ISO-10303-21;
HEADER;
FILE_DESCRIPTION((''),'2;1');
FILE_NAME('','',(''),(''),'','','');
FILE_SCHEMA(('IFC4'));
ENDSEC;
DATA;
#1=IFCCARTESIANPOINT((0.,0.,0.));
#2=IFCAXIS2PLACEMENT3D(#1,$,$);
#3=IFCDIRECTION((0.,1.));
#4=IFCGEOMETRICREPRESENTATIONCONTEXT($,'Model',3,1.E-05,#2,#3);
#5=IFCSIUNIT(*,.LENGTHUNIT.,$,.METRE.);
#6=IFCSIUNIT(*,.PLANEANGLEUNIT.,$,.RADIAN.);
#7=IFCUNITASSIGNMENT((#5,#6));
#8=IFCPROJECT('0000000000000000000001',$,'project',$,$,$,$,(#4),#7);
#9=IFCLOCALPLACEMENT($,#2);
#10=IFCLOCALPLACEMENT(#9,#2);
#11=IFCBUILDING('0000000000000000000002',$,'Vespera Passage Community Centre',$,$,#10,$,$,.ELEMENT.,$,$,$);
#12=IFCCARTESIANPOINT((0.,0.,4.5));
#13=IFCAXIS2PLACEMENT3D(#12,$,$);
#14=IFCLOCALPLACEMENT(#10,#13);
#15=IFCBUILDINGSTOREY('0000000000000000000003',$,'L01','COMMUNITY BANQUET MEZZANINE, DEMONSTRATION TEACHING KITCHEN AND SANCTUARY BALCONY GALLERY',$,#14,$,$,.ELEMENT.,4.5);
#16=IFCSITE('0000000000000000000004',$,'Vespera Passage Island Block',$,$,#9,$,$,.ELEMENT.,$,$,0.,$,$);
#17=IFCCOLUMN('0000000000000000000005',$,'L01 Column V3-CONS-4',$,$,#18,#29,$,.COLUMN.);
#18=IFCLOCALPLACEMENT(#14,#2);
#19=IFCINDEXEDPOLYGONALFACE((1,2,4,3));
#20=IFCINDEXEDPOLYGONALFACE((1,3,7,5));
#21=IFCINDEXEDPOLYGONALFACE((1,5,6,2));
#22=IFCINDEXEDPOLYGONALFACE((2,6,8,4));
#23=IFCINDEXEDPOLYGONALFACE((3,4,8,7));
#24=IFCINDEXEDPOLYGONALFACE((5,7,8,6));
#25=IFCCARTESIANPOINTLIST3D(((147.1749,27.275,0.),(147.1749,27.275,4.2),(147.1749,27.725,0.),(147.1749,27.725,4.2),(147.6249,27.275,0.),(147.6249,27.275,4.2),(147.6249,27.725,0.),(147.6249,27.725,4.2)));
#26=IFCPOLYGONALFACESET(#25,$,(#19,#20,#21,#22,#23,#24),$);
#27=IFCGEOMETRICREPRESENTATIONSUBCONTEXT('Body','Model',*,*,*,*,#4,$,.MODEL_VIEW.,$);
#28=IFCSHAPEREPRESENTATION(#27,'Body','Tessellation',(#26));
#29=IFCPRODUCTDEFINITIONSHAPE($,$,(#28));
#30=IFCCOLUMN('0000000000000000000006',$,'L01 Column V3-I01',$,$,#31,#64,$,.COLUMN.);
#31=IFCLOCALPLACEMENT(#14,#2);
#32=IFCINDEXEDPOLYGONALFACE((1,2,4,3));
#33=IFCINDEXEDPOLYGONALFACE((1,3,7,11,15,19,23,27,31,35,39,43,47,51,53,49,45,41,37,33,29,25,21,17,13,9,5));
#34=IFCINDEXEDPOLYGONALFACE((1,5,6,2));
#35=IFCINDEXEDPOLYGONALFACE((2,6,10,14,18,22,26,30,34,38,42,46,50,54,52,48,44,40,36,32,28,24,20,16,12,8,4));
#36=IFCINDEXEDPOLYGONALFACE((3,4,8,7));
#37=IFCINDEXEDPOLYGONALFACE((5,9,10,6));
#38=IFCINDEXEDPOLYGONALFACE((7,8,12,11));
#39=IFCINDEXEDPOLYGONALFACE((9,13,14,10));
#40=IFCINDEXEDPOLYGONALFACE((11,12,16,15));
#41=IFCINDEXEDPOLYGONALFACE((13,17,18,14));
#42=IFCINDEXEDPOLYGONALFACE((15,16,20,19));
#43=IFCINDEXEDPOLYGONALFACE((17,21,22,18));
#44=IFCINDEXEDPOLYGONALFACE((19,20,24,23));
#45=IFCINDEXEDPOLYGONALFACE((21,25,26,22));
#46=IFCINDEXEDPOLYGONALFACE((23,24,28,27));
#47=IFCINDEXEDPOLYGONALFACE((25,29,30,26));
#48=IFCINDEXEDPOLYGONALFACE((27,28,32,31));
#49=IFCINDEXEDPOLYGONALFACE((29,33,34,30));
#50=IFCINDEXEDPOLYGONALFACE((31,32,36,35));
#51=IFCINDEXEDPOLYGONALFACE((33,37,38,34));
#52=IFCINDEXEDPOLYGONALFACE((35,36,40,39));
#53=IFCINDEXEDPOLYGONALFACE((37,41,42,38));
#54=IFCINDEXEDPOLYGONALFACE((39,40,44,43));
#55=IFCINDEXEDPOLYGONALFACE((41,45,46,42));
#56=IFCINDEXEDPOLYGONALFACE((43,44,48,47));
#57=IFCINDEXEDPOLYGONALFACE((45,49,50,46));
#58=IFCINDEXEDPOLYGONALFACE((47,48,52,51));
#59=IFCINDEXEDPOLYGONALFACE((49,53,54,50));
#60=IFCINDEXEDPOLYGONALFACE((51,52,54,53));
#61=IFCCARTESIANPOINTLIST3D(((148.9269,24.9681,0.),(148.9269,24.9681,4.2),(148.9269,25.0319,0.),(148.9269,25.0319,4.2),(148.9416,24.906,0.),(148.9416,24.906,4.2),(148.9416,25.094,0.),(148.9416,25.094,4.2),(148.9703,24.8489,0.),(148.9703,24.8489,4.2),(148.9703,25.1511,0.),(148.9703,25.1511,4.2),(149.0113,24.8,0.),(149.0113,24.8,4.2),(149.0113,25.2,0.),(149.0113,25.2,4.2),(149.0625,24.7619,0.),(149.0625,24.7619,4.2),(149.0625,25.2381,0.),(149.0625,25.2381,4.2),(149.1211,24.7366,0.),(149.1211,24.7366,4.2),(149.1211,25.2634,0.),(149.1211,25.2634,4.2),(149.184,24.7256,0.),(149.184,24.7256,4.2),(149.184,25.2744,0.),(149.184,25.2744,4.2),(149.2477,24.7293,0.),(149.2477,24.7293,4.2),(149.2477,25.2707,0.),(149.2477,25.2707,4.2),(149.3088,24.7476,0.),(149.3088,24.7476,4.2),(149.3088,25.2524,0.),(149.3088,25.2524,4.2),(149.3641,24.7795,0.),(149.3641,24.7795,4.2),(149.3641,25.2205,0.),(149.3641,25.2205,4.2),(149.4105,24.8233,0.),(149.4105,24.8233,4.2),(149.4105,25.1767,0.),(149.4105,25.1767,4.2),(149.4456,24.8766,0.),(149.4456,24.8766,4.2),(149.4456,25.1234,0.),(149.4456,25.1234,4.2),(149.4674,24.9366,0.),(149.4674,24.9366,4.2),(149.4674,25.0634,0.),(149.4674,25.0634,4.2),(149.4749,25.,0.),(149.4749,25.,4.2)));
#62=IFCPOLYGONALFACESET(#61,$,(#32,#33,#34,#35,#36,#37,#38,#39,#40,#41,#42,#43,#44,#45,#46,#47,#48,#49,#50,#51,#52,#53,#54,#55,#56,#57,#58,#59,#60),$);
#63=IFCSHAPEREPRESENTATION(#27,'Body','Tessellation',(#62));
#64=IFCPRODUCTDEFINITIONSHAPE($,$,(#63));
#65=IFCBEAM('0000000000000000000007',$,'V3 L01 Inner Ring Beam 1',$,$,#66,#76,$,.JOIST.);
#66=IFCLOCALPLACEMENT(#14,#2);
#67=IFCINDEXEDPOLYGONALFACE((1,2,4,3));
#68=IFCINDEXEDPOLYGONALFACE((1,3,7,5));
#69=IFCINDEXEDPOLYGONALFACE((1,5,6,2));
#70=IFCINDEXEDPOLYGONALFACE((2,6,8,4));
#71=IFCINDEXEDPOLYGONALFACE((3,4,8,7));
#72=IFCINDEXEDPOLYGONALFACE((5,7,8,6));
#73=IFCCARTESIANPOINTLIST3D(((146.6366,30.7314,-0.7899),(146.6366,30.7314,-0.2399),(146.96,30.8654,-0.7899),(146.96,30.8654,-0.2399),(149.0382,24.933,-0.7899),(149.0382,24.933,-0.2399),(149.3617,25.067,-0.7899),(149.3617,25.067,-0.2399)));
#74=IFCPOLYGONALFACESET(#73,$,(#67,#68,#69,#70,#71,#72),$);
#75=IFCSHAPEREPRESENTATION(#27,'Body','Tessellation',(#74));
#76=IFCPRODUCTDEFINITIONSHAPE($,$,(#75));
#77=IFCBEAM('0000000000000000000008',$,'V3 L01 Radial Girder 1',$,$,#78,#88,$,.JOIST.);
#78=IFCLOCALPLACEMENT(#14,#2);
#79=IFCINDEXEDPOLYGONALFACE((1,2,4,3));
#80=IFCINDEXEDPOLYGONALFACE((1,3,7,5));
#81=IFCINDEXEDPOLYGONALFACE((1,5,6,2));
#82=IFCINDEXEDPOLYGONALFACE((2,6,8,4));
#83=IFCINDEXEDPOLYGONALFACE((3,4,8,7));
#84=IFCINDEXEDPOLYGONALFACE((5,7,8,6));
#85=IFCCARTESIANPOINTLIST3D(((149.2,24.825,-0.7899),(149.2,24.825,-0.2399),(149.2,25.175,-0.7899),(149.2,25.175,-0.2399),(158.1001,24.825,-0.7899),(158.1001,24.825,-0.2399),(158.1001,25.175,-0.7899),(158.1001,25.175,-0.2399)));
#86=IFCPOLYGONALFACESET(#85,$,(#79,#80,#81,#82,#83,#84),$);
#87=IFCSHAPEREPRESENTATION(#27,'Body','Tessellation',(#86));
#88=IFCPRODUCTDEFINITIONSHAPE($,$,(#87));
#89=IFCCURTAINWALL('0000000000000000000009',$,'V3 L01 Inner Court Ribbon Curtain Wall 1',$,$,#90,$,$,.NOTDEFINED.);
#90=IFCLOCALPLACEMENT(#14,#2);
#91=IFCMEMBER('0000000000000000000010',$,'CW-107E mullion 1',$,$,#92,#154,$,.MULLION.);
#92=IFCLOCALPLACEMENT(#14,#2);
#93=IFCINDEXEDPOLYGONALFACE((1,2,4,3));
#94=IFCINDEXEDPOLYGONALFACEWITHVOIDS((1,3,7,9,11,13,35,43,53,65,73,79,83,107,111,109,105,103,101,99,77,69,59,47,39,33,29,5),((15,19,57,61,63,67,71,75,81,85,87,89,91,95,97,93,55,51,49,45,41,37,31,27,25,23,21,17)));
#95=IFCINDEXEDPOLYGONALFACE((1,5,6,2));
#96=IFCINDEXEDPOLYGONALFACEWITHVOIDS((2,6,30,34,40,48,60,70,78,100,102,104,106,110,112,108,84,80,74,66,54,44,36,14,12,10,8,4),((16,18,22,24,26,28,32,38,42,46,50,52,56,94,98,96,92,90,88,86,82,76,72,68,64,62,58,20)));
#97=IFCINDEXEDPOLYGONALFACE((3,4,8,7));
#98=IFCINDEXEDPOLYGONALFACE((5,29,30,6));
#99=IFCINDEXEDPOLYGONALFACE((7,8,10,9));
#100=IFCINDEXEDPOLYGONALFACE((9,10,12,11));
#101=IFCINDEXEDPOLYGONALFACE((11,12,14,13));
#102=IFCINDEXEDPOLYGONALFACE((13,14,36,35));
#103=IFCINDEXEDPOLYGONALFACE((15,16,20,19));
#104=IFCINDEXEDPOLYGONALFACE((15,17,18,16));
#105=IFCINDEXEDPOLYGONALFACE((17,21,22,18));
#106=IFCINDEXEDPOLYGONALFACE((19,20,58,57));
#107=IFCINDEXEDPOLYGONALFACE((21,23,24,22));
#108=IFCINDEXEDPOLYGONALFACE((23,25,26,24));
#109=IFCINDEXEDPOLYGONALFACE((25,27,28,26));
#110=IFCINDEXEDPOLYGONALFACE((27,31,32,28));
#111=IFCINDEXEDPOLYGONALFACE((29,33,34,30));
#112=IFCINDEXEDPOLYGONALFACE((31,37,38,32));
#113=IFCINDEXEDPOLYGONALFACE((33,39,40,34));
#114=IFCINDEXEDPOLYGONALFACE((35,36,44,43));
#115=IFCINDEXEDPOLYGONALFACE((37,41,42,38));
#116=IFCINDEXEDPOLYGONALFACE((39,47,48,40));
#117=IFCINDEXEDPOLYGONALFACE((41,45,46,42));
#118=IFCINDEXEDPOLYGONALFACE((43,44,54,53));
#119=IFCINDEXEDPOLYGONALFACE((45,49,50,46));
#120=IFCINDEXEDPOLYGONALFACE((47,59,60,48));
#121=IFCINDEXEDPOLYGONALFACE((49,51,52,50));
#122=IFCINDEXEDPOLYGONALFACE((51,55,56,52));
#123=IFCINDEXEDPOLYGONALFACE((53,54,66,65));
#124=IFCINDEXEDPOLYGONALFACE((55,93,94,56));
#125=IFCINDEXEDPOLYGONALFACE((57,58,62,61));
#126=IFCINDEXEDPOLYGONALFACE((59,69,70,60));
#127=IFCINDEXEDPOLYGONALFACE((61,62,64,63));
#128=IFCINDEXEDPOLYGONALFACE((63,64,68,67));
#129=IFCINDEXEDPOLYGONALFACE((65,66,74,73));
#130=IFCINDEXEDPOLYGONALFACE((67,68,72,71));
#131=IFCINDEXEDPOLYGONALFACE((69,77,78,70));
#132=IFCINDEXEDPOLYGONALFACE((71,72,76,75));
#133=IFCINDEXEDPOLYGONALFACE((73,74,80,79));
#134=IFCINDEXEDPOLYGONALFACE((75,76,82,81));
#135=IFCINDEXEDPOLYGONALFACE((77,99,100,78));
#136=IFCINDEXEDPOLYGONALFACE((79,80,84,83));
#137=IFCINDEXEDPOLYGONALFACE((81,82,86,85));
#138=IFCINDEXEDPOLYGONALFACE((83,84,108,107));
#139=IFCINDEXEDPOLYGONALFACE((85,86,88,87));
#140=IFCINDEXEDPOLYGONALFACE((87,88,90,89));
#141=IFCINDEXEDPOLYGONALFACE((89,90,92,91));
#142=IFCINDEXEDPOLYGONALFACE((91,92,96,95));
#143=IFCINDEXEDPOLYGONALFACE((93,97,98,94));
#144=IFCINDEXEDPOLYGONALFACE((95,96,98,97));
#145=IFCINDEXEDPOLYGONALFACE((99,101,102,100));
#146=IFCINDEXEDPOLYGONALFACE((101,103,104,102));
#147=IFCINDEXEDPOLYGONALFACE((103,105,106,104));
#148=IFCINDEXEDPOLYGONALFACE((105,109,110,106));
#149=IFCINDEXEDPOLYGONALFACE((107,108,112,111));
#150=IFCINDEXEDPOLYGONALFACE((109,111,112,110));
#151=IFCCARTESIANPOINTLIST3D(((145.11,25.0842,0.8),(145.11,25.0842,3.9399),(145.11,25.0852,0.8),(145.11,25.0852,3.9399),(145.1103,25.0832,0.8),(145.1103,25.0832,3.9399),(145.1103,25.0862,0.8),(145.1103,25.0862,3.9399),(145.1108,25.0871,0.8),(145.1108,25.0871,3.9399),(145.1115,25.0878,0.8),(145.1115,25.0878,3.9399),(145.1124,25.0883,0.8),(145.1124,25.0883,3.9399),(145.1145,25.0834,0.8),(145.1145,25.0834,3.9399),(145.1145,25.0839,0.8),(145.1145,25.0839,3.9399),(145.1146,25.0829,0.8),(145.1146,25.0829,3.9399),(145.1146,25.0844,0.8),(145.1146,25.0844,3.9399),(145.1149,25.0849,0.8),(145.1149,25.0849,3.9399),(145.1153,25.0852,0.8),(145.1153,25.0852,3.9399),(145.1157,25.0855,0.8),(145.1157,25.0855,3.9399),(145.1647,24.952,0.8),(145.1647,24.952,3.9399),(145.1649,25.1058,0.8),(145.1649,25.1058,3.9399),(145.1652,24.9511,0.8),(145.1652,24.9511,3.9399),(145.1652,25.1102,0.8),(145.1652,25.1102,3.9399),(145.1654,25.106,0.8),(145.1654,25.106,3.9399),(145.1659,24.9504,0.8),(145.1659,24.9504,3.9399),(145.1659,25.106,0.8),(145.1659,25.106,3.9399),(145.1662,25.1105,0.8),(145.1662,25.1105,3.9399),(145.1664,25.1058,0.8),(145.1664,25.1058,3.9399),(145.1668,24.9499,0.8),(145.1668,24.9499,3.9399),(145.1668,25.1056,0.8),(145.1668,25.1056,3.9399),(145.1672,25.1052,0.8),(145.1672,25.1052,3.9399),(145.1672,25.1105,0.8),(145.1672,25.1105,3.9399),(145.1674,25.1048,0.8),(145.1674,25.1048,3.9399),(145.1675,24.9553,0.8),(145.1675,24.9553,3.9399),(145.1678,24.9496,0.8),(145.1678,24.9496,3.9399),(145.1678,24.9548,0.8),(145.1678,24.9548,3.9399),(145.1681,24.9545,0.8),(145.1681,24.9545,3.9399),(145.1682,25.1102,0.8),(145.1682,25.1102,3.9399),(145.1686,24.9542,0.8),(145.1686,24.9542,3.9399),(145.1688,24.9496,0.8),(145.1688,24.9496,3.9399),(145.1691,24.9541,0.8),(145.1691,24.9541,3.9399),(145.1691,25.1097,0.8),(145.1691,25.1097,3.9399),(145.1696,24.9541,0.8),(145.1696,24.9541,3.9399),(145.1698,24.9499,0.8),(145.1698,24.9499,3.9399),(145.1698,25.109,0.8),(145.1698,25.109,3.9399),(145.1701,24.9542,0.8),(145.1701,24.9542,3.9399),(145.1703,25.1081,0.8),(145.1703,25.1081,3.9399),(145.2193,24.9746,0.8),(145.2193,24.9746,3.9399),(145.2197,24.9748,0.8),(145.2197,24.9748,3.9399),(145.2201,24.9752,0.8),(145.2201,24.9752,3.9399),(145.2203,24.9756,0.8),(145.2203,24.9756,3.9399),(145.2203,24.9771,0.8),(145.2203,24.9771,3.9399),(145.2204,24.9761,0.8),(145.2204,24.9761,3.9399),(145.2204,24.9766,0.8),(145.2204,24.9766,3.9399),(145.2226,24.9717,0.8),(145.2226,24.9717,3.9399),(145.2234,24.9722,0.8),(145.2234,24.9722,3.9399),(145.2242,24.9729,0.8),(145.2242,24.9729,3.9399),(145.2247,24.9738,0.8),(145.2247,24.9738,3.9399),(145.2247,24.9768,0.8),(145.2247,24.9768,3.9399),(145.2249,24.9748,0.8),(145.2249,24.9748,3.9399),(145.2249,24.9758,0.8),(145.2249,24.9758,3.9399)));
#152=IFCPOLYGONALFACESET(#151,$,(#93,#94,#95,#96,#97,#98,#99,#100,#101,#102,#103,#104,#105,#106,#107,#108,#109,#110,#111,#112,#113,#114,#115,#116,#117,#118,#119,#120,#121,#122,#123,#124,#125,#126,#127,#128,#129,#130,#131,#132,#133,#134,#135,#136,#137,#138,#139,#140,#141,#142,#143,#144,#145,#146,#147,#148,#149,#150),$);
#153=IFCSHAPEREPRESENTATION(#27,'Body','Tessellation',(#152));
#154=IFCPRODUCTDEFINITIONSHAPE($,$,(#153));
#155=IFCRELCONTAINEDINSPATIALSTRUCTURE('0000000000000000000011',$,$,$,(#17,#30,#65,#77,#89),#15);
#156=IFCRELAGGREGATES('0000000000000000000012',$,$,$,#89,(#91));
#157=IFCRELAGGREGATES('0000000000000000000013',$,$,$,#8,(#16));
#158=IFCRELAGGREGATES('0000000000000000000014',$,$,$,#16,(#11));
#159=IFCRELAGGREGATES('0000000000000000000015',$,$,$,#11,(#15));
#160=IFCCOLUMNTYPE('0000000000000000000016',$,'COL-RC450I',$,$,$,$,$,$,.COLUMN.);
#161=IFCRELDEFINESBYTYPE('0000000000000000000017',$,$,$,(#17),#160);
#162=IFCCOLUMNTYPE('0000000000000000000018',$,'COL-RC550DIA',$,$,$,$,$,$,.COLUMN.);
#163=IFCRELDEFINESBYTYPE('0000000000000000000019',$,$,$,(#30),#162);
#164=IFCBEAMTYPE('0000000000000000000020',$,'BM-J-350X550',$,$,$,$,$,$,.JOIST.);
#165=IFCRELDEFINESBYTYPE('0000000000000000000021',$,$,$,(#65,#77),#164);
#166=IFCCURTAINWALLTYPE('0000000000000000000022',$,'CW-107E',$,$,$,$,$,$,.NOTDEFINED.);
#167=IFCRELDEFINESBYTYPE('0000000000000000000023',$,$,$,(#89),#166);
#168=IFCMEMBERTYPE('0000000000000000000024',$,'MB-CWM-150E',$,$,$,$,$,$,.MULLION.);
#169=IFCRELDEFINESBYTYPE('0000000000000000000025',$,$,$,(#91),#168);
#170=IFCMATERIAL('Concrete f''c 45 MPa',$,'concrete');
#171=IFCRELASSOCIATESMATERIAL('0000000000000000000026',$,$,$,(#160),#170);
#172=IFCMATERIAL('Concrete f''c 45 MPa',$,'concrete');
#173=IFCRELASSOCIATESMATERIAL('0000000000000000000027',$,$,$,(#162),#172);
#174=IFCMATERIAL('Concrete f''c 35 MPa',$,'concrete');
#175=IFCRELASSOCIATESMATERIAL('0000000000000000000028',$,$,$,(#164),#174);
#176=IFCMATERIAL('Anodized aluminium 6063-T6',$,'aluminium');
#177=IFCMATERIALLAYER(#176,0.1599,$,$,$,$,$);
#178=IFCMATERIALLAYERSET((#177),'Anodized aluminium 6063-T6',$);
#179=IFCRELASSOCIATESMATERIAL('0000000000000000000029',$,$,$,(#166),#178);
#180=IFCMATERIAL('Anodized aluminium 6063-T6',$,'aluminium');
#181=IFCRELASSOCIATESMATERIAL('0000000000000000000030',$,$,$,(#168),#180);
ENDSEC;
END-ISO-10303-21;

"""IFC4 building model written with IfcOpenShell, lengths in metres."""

from ifc_helpers import new_model, si_unit, direction, frame, origin, origin_2d, place, context, subcontext, project, spatial, rectangle, hollow_rectangle, circle, extrude, material, layer, layer_set, material_profile, profile_set, type_object, element, aggregate, save


model = new_model("IFC4")

# Units and contexts
model_context = context("Model", 3, precision=1e-05, world=origin(), true_north=direction((0.0, 1.0)))
body_context = subcontext(model_context, "Body", "Model", "MODEL_VIEW")
ifc_project = project(units=[si_unit("LENGTHUNIT", "METRE"), si_unit("PLANEANGLEUNIT", "RADIAN")], contexts=[model_context])

# Site, building, storey
site_placement = place(None, origin())
site = spatial("IfcSite", under=ifc_project, at=site_placement, Name="Vespera Passage Island Block", CompositionType="ELEMENT", RefElevation=0.0)
building_placement = place(site_placement, origin())
building = spatial("IfcBuilding", under=site, at=building_placement, Name="Vespera Passage Community Centre", CompositionType="ELEMENT")
storey_placement = place(building_placement, frame((0.0, 0.0, 4.5)))
storey = spatial("IfcBuildingStorey", under=building, at=storey_placement, Name="L01", Description="COMMUNITY BANQUET MEZZANINE, DEMONSTRATION TEACHING KITCHEN AND SANCTUARY BALCONY GALLERY", CompositionType="ELEMENT", Elevation=4.5)

# Columns
ifc_material_1 = material(Name="Concrete f'c 45 MPa", Category="concrete")
ifc_material_profile_1 = material_profile(ifc_material_1, rectangle(XDim=0.45, YDim=0.45, at=origin_2d()), Name="RC450X450")
ifc_profile_set_1 = profile_set([ifc_material_profile_1], Name="Concrete f'c 45 MPa")
column_type_1 = type_object("IfcColumnType", Name="COL-RC450I", PredefinedType="COLUMN", material=ifc_profile_set_1)
column_1_placement = place(storey_placement, frame((147.3999, 27.5, 0.0), z_axis=(0.0, 0.0, 1.0), x_axis=(1.0, 0.0, 0.0)))
element("IfcColumn", 1, at=column_1_placement, inside=storey, type_object=column_type_1, Name="L01 Column V3-CONS-4", PredefinedType="COLUMN", context=body_context, shape_type="SweptSolid", body=[
    extrude(rectangle(XDim=0.45, YDim=0.45, at=origin_2d()), origin(), (0.0, 0.0, 1.0), 4.2),
])
ifc_material_2 = material(Name="Concrete f'c 45 MPa", Category="concrete")
ifc_material_profile_2 = material_profile(ifc_material_2, circle(Radius=0.2749, at=origin_2d()), Name="RC550DIA")
ifc_profile_set_2 = profile_set([ifc_material_profile_2], Name="Concrete f'c 45 MPa")
column_type_2 = type_object("IfcColumnType", Name="COL-RC550DIA", PredefinedType="COLUMN", material=ifc_profile_set_2)
column_2_placement = place(storey_placement, frame((149.2, 25.0, 0.0), z_axis=(0.0, 0.0, 1.0), x_axis=(1.0, 0.0, 0.0)))
element("IfcColumn", 2, at=column_2_placement, inside=storey, type_object=column_type_2, Name="L01 Column V3-I01", PredefinedType="COLUMN", context=body_context, shape_type="SweptSolid", body=[
    extrude(circle(Radius=0.2749, at=origin_2d()), origin(), (0.0, 0.0, 1.0), 4.2),
])

# Beams
ifc_material_3 = material(Name="Concrete f'c 35 MPa", Category="concrete")
ifc_material_profile_3 = material_profile(ifc_material_3, rectangle(XDim=0.3501, YDim=0.55, at=origin_2d()), Name="RC350X550")
ifc_profile_set_3 = profile_set([ifc_material_profile_3], Name="Concrete f'c 35 MPa")
beam_type = type_object("IfcBeamType", Name="BM-J-350X550", PredefinedType="JOIST", material=ifc_profile_set_3)
beam_1_placement = place(storey_placement, frame((149.2, 25.0, -0.5149), z_axis=(-0.382664, 0.923887, 0.0), x_axis=(-0.923887, -0.382664, 0.0)))
element("IfcBeam", 3, at=beam_1_placement, inside=storey, type_object=beam_type, Name="V3 L01 Inner Ring Beam 1", PredefinedType="JOIST", context=body_context, shape_type="SweptSolid", body=[
    extrude(rectangle(XDim=0.3501, YDim=0.55, at=origin_2d()), origin(), (0.0, 0.0, 1.0), 6.2761),
])
beam_2_placement = place(storey_placement, frame((149.2, 25.0, -0.5149), z_axis=(1.0, 0.0, 0.0), x_axis=(0.0, 1.0, 0.0)))
element("IfcBeam", 4, at=beam_2_placement, inside=storey, type_object=beam_type, Name="V3 L01 Radial Girder 1", PredefinedType="JOIST", context=body_context, shape_type="SweptSolid", body=[
    extrude(rectangle(XDim=0.3501, YDim=0.55, at=origin_2d()), origin(), (0.0, 0.0, 1.0), 8.9001),
])

# Curtain wall, member
ifc_material_4 = material(Name="Anodized aluminium 6063-T6", Category="aluminium")
ifc_layer_1 = layer(ifc_material_4, 0.1599)
ifc_layer_set_1 = layer_set([ifc_layer_1], Name="Anodized aluminium 6063-T6")
curtain_wall_type = type_object("IfcCurtainWallType", Name="CW-107E", PredefinedType="NOTDEFINED", material=ifc_layer_set_1)
curtain_wall_1_placement = place(storey_placement, origin())
curtain_wall_1 = element("IfcCurtainWall", 5, at=curtain_wall_1_placement, inside=storey, type_object=curtain_wall_type, Name="V3 L01 Inner Court Ribbon Curtain Wall 1", PredefinedType="NOTDEFINED")
ifc_material_5 = material(Name="Anodized aluminium 6063-T6", Category="aluminium")
ifc_material_profile_4 = material_profile(ifc_material_5, hollow_rectangle(XDim=0.0649, YDim=0.1499, WallThickness=0.0039, InnerFilletRadius=0.002, OuterFilletRadius=0.0039, at=origin_2d()), Name="ALU150X65X4")
ifc_profile_set_4 = profile_set([ifc_material_profile_4], Name="Anodized aluminium 6063-T6")
member_type_1 = type_object("IfcMemberType", Name="MB-CWM-150E", PredefinedType="MULLION", material=ifc_profile_set_4)
member_1_placement = place(storey_placement, frame((145.1675, 25.03, 0.8), z_axis=(0.0, 0.0, 1.0), x_axis=(-0.923879, -0.382686, 0.0)))
member_1 = element("IfcMember", 6, at=member_1_placement, type_object=member_type_1, Name="CW-107E mullion 1", PredefinedType="MULLION", context=body_context, shape_type="SweptSolid", body=[
    extrude(hollow_rectangle(XDim=0.0649, YDim=0.1499, WallThickness=0.0039, InnerFilletRadius=0.002, OuterFilletRadius=0.0039, at=origin_2d()), origin(), (0.0, 0.0, 1.0), 3.1399),
])

aggregate(curtain_wall_1, [member_1])

save(model, "model.ifc")
